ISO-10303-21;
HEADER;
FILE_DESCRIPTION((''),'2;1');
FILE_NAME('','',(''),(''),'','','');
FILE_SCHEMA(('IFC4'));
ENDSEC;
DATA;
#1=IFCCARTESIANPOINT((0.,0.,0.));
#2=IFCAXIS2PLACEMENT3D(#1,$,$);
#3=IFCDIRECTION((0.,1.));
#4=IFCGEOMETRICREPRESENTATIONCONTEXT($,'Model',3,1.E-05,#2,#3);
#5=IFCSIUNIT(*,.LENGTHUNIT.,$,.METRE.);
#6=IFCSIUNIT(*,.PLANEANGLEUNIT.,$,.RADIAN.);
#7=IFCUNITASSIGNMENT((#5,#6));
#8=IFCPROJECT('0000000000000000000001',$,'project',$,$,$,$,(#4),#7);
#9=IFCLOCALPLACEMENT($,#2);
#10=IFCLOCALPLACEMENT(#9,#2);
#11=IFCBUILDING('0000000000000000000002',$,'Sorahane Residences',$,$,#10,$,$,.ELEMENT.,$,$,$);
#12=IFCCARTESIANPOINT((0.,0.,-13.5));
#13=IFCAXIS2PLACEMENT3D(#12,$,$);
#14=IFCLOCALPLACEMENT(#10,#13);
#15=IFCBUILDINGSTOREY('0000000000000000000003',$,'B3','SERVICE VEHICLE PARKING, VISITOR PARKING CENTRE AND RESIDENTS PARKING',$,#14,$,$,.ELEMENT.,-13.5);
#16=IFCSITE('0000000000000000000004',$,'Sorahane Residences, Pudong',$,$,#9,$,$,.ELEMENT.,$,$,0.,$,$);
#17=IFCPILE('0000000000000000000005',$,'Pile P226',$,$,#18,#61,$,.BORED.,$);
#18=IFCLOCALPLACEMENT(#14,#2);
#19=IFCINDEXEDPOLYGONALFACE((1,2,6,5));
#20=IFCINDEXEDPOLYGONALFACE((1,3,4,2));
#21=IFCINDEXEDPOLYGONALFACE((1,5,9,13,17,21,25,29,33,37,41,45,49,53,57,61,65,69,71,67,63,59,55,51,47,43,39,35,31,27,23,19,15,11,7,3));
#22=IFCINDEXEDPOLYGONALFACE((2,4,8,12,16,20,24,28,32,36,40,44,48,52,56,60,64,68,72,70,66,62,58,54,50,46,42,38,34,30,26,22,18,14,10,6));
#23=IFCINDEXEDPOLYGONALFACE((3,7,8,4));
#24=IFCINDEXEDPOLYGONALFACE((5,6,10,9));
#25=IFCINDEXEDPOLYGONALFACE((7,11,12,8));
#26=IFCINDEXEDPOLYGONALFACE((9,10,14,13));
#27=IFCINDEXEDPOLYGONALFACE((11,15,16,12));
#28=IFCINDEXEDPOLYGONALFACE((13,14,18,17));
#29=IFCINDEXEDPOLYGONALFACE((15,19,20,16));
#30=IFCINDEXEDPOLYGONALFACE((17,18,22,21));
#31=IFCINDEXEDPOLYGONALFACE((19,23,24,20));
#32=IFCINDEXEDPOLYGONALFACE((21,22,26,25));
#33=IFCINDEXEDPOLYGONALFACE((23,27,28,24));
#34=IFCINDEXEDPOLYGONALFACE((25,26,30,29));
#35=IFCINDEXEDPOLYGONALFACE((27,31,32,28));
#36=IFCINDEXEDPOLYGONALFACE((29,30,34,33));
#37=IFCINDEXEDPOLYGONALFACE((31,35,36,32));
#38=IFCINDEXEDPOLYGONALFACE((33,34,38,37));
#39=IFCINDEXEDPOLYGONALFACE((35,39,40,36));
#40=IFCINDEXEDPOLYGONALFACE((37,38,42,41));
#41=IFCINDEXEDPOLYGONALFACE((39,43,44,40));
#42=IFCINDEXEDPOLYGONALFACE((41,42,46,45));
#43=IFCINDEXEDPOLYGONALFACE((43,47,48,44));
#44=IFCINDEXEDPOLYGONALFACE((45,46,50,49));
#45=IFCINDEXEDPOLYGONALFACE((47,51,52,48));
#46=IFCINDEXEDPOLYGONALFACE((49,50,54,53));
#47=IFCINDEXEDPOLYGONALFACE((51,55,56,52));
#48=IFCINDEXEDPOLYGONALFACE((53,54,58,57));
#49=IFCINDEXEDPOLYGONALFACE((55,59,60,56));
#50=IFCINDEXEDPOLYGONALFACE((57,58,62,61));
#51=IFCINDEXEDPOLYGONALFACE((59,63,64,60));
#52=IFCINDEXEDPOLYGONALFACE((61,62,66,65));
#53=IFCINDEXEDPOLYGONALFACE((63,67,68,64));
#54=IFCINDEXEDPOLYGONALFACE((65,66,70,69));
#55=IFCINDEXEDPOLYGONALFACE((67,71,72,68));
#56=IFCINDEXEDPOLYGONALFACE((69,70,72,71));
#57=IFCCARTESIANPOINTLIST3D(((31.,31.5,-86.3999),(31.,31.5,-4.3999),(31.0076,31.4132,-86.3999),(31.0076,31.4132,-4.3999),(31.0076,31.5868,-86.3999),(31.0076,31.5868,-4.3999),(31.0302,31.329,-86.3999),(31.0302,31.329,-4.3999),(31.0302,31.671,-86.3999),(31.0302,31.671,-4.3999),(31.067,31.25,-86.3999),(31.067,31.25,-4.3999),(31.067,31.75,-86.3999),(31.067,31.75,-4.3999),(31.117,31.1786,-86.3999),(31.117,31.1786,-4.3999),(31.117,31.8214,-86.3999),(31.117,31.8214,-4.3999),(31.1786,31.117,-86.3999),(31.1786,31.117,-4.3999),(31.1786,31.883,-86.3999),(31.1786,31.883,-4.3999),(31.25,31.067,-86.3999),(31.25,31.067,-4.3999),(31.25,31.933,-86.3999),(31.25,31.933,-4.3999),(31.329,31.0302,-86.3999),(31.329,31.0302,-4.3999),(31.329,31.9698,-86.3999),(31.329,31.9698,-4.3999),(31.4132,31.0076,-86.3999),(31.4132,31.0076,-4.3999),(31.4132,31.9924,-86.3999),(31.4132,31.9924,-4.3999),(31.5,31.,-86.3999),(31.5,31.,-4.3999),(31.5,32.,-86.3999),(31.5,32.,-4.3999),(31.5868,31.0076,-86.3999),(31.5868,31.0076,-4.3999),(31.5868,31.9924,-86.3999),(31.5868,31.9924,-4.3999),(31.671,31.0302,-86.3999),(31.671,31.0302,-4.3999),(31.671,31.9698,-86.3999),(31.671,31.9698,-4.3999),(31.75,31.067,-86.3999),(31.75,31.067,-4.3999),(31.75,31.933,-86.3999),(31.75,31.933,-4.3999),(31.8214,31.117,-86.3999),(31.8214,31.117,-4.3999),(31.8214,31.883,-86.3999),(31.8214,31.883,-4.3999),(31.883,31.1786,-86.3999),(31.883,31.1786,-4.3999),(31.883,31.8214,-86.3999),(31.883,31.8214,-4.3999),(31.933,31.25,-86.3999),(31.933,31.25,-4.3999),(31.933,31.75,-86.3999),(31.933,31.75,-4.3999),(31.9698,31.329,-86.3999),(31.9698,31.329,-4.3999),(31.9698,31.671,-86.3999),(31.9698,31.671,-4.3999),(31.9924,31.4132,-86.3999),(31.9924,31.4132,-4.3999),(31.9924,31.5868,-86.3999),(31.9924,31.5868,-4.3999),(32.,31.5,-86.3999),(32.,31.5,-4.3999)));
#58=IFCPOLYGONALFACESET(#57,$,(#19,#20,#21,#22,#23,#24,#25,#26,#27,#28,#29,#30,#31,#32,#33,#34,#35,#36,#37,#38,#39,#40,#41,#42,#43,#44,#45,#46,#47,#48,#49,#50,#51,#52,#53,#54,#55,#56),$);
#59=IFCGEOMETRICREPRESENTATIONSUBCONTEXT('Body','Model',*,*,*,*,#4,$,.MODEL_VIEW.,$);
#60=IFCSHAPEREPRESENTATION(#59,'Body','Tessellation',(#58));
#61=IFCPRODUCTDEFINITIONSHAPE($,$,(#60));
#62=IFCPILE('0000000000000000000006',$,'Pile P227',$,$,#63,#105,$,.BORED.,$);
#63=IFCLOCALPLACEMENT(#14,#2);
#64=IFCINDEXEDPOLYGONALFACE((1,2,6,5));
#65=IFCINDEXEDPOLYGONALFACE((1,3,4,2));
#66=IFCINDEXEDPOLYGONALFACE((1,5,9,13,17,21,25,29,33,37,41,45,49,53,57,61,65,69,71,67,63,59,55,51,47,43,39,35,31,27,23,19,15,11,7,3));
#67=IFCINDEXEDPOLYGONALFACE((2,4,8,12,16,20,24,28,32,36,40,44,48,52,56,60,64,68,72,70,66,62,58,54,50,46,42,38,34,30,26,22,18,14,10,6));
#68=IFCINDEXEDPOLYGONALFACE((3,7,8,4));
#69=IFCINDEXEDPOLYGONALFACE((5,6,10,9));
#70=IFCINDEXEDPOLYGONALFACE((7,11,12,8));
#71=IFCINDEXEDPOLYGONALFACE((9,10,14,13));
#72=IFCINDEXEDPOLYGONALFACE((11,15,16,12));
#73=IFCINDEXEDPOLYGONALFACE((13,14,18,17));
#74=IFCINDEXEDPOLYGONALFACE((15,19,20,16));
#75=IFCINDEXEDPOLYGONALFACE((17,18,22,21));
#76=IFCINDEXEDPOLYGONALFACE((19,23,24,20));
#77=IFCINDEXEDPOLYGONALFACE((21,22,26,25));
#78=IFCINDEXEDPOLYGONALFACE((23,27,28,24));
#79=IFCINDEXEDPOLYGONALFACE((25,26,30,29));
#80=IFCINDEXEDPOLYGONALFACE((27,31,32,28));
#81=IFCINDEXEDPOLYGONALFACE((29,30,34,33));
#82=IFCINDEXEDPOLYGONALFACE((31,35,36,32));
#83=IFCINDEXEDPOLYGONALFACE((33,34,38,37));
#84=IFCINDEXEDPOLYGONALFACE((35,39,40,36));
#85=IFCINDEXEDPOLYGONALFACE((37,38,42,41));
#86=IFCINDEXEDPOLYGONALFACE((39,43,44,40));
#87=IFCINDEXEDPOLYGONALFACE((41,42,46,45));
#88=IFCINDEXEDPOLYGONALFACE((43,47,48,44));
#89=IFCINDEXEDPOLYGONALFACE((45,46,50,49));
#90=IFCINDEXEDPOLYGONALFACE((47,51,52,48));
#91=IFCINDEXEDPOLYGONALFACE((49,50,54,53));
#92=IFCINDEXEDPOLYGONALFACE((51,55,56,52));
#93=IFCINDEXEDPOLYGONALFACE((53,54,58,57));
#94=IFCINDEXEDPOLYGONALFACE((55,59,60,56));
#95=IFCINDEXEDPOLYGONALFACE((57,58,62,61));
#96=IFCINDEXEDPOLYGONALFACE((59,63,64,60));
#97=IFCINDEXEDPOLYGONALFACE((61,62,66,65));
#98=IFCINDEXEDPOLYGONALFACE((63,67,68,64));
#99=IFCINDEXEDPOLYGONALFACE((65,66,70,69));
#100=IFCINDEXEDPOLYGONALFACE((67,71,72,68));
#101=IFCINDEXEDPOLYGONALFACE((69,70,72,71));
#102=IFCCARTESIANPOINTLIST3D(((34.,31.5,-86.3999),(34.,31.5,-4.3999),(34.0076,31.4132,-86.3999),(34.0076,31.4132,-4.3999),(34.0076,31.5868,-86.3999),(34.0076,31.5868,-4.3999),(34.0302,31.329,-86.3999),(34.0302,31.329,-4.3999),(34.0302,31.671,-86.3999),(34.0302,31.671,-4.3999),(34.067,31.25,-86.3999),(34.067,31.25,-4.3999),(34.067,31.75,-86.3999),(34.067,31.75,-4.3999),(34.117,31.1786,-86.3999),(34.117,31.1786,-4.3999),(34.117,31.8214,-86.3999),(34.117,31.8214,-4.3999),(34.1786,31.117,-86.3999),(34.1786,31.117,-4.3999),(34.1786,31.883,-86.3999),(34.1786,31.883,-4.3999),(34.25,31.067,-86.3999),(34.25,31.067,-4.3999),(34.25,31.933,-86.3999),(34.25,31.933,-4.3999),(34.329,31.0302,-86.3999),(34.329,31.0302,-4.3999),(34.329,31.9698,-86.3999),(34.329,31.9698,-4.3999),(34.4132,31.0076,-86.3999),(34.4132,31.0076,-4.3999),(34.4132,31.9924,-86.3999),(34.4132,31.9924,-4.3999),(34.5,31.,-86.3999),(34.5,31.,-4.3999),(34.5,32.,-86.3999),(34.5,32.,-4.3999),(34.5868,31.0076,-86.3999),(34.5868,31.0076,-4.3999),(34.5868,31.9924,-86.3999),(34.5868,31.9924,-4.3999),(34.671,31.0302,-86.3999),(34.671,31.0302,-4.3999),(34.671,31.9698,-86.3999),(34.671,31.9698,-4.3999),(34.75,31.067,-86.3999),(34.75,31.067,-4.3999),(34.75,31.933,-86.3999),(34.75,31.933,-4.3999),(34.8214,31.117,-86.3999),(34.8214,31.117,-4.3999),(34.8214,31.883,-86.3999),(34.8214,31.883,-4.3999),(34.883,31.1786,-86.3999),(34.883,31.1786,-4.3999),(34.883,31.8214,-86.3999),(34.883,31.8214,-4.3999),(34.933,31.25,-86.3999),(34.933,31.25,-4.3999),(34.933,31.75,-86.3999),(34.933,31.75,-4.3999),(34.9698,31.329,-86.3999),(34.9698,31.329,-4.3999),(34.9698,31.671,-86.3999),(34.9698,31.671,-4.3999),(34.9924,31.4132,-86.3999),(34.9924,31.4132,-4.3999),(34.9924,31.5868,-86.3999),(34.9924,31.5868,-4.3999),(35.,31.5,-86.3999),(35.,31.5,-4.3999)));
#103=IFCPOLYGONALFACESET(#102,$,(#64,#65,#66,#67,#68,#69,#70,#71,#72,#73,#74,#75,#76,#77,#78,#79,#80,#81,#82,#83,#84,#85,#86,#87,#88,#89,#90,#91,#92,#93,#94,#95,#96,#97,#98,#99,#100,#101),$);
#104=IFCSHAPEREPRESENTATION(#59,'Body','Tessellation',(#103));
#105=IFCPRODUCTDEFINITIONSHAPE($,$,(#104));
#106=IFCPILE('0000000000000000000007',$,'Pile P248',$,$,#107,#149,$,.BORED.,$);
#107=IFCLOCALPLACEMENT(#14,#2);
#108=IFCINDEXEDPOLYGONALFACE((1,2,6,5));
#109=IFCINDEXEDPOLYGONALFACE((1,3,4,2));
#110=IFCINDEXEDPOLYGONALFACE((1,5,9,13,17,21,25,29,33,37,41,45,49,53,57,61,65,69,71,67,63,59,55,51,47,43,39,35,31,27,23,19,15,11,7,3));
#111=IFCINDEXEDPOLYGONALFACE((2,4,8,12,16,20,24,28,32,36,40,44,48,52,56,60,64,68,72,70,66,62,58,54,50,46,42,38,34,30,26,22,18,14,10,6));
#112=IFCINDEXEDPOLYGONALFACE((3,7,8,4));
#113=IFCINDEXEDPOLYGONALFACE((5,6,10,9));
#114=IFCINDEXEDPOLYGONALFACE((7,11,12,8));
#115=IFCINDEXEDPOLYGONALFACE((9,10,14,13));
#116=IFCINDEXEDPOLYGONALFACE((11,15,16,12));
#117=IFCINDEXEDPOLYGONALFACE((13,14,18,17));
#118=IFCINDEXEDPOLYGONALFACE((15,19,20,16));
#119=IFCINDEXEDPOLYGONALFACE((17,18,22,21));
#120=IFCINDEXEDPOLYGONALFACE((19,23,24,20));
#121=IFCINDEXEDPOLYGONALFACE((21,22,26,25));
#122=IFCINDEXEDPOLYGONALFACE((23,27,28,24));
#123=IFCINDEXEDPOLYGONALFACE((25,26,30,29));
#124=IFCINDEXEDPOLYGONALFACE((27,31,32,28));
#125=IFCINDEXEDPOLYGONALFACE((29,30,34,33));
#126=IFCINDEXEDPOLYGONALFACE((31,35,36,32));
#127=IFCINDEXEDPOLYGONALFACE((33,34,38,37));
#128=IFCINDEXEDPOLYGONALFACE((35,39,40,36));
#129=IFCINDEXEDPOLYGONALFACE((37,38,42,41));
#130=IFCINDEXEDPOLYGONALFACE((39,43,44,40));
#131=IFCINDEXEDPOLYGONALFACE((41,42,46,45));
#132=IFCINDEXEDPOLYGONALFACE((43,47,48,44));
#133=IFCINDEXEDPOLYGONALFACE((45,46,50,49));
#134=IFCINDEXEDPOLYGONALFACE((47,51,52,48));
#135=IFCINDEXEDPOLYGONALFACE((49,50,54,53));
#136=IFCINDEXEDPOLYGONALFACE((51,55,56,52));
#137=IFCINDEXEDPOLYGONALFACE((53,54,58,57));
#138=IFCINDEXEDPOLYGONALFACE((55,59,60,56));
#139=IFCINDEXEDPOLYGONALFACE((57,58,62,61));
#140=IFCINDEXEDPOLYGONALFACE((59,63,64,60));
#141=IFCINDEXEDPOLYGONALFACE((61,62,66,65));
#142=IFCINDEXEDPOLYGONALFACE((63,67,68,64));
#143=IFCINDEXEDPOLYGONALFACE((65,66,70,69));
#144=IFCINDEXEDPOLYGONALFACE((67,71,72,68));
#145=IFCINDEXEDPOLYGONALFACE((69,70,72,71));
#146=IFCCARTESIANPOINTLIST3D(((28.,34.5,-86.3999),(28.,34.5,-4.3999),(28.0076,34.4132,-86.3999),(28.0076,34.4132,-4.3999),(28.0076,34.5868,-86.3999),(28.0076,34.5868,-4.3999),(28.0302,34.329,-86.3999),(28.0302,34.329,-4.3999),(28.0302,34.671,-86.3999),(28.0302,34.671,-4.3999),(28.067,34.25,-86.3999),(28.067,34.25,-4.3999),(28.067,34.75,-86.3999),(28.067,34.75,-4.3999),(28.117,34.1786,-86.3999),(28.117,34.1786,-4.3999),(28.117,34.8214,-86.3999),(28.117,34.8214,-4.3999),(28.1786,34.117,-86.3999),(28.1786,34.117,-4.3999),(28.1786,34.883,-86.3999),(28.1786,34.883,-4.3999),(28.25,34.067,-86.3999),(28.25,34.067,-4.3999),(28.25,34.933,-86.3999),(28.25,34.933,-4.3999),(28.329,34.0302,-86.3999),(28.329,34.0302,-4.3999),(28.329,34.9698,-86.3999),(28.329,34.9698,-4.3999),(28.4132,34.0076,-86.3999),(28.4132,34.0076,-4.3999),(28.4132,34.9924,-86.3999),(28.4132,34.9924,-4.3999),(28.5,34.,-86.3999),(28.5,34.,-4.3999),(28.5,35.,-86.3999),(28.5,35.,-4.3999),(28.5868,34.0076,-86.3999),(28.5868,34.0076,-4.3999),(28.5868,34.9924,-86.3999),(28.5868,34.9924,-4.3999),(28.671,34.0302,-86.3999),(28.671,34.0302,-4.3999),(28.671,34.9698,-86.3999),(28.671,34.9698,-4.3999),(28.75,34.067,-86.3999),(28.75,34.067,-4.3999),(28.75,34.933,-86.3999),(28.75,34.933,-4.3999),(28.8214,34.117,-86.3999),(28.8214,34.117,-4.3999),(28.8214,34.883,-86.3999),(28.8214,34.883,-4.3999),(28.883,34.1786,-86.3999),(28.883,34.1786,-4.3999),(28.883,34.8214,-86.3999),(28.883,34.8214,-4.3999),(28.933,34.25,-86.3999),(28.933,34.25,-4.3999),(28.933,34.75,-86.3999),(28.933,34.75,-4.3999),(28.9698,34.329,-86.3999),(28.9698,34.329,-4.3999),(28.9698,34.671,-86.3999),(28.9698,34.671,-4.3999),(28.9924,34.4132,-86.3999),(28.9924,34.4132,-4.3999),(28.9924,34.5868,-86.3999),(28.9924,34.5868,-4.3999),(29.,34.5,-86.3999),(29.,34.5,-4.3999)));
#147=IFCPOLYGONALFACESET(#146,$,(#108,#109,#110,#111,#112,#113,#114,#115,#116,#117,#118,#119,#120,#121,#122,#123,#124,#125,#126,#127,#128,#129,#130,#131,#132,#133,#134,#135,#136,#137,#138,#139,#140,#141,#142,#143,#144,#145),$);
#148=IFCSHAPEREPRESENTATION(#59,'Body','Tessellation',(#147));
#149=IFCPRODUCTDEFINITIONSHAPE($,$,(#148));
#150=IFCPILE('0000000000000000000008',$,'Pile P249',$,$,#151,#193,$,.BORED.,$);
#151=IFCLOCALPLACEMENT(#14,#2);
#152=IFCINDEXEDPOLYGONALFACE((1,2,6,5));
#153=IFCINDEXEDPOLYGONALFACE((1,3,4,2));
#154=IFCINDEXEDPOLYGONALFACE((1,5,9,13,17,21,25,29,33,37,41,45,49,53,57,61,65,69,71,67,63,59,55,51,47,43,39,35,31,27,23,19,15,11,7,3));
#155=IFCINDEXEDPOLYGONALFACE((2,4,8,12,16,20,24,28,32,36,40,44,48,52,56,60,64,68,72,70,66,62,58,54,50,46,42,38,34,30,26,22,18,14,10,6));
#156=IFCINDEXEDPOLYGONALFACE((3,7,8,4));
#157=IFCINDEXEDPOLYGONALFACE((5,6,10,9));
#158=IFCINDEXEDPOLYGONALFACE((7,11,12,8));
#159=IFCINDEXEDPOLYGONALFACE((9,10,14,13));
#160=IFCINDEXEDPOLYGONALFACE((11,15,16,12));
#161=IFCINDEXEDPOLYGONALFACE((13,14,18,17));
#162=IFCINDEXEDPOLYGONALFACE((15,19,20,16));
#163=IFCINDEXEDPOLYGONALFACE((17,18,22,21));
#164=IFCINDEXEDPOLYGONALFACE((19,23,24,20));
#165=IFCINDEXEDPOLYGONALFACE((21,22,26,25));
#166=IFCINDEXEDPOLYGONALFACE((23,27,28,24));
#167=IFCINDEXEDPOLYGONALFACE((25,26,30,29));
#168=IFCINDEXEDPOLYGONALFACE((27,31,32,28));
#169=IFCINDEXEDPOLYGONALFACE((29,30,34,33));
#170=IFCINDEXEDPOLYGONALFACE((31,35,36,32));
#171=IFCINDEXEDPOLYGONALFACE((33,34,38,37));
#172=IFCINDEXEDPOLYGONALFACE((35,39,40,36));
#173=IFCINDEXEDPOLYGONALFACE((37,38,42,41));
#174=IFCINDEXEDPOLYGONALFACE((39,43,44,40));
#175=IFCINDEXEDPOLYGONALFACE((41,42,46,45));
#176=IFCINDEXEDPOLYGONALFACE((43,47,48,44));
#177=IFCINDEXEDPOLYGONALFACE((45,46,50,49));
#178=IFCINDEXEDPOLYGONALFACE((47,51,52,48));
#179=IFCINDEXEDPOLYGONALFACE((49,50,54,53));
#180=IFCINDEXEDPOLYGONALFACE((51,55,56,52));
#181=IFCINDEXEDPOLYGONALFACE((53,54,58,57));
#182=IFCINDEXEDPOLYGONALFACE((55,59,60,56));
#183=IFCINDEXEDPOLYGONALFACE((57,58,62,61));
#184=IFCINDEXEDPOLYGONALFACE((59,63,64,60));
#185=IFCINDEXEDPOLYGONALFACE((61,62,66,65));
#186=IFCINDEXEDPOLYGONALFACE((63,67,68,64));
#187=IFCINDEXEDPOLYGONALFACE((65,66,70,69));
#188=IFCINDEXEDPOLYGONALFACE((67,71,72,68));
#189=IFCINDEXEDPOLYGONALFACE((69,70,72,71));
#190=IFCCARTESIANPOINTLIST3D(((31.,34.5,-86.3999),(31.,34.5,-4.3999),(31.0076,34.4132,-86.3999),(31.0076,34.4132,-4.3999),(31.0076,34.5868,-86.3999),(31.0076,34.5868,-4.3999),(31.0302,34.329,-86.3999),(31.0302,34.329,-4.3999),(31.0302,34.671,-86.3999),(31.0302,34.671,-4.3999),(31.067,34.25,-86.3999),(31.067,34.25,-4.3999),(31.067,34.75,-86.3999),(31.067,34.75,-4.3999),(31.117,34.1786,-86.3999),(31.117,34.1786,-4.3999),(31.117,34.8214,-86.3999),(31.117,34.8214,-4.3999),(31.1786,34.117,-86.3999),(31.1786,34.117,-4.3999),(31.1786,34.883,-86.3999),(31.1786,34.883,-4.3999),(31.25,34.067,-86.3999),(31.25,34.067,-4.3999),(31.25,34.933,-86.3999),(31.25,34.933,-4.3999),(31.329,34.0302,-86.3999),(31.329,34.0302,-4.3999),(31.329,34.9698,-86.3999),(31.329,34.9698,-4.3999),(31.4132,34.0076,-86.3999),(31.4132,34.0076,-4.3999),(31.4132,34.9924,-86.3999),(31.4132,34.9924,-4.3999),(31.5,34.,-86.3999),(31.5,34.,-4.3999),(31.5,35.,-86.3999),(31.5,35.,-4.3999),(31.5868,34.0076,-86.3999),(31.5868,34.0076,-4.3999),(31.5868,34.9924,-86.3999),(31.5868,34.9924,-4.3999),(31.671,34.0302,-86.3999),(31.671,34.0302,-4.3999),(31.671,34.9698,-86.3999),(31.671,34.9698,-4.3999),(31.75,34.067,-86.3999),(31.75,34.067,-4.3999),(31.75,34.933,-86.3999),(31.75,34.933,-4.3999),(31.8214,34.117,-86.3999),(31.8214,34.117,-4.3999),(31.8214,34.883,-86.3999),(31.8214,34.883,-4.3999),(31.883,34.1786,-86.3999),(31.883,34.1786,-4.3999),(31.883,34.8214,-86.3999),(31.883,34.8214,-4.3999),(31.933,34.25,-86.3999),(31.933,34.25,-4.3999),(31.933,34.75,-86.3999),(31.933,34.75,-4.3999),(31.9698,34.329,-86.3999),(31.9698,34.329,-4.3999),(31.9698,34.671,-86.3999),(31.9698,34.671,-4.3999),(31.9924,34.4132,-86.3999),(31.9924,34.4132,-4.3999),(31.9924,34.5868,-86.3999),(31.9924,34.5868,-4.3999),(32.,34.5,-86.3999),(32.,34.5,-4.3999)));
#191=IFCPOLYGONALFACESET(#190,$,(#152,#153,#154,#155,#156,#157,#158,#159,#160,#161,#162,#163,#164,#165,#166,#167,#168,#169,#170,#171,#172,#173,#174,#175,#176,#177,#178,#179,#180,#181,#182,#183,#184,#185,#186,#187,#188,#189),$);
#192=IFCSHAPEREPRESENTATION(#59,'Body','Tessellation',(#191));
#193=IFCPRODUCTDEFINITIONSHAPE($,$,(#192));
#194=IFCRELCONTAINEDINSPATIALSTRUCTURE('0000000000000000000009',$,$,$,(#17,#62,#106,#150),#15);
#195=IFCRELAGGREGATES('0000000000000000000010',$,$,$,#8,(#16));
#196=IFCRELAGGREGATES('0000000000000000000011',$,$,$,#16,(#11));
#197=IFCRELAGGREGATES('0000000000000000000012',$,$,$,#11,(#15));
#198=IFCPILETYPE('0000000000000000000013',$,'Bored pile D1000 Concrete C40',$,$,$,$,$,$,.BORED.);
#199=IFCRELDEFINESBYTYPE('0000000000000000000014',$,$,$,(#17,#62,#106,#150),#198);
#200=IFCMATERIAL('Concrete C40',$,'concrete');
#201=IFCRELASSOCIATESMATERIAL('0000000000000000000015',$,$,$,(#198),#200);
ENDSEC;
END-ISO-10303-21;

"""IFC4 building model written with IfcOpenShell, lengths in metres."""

from ifc_helpers import new_model, si_unit, direction, frame, origin, origin_2d, place, context, subcontext, project, spatial, circle, extrude, material, material_profile, profile_set, type_object, element, save


model = new_model("IFC4")

# Units and contexts
model_context = context("Model", 3, precision=1e-05, world=origin(), true_north=direction((0.0, 1.0)))
body_context = subcontext(model_context, "Body", "Model", "MODEL_VIEW")
ifc_project = project(units=[si_unit("LENGTHUNIT", "METRE"), si_unit("PLANEANGLEUNIT", "RADIAN")], contexts=[model_context])

# Site, building, storey
site_placement = place(None, origin())
site = spatial("IfcSite", under=ifc_project, at=site_placement, Name="Sorahane Residences, Pudong", CompositionType="ELEMENT", RefElevation=0.0)
building_placement = place(site_placement, origin())
building = spatial("IfcBuilding", under=site, at=building_placement, Name="Sorahane Residences", CompositionType="ELEMENT")
storey_placement = place(building_placement, frame((0.0, 0.0, -13.5)))
storey = spatial("IfcBuildingStorey", under=building, at=storey_placement, Name="B3", Description="SERVICE VEHICLE PARKING, VISITOR PARKING CENTRE AND RESIDENTS PARKING", CompositionType="ELEMENT", Elevation=-13.5)

# Piles
ifc_material_1 = material(Name="Concrete C40", Category="concrete")
ifc_material_profile_1 = material_profile(ifc_material_1, circle(Radius=0.5, at=origin_2d()), Name="D1000")
ifc_profile_set_1 = profile_set([ifc_material_profile_1], Name="Concrete C40")
pile_type = type_object("IfcPileType", Name="Bored pile D1000 Concrete C40", PredefinedType="BORED", material=ifc_profile_set_1)
for number, where, z_axis, x_axis, name in (
    (1, (31.5, 31.5, -4.3999), (0.0, 0.0, -1.0), (1.0, 0.0, 0.0), "Pile P226"),
    (2, (34.5, 31.5, -4.3999), (0.0, 0.0, -1.0), (1.0, 0.0, 0.0), "Pile P227"),
    (3, (28.5, 34.5, -4.3999), (0.0, 0.0, -1.0), (1.0, 0.0, 0.0), "Pile P248"),
    (4, (31.5, 34.5, -4.3999), (0.0, 0.0, -1.0), (1.0, 0.0, 0.0), "Pile P249"),
):
    element("IfcPile", number, at=place(storey_placement, frame(where, z_axis=z_axis, x_axis=x_axis)), inside=storey, type_object=pile_type, Name=name, PredefinedType="BORED", context=body_context, shape_type="SweptSolid", body=[
        extrude(circle(Radius=0.5, at=origin_2d()), origin(), (0.0, 0.0, 1.0), 82.0),
    ])

save(model, "model.ifc")
